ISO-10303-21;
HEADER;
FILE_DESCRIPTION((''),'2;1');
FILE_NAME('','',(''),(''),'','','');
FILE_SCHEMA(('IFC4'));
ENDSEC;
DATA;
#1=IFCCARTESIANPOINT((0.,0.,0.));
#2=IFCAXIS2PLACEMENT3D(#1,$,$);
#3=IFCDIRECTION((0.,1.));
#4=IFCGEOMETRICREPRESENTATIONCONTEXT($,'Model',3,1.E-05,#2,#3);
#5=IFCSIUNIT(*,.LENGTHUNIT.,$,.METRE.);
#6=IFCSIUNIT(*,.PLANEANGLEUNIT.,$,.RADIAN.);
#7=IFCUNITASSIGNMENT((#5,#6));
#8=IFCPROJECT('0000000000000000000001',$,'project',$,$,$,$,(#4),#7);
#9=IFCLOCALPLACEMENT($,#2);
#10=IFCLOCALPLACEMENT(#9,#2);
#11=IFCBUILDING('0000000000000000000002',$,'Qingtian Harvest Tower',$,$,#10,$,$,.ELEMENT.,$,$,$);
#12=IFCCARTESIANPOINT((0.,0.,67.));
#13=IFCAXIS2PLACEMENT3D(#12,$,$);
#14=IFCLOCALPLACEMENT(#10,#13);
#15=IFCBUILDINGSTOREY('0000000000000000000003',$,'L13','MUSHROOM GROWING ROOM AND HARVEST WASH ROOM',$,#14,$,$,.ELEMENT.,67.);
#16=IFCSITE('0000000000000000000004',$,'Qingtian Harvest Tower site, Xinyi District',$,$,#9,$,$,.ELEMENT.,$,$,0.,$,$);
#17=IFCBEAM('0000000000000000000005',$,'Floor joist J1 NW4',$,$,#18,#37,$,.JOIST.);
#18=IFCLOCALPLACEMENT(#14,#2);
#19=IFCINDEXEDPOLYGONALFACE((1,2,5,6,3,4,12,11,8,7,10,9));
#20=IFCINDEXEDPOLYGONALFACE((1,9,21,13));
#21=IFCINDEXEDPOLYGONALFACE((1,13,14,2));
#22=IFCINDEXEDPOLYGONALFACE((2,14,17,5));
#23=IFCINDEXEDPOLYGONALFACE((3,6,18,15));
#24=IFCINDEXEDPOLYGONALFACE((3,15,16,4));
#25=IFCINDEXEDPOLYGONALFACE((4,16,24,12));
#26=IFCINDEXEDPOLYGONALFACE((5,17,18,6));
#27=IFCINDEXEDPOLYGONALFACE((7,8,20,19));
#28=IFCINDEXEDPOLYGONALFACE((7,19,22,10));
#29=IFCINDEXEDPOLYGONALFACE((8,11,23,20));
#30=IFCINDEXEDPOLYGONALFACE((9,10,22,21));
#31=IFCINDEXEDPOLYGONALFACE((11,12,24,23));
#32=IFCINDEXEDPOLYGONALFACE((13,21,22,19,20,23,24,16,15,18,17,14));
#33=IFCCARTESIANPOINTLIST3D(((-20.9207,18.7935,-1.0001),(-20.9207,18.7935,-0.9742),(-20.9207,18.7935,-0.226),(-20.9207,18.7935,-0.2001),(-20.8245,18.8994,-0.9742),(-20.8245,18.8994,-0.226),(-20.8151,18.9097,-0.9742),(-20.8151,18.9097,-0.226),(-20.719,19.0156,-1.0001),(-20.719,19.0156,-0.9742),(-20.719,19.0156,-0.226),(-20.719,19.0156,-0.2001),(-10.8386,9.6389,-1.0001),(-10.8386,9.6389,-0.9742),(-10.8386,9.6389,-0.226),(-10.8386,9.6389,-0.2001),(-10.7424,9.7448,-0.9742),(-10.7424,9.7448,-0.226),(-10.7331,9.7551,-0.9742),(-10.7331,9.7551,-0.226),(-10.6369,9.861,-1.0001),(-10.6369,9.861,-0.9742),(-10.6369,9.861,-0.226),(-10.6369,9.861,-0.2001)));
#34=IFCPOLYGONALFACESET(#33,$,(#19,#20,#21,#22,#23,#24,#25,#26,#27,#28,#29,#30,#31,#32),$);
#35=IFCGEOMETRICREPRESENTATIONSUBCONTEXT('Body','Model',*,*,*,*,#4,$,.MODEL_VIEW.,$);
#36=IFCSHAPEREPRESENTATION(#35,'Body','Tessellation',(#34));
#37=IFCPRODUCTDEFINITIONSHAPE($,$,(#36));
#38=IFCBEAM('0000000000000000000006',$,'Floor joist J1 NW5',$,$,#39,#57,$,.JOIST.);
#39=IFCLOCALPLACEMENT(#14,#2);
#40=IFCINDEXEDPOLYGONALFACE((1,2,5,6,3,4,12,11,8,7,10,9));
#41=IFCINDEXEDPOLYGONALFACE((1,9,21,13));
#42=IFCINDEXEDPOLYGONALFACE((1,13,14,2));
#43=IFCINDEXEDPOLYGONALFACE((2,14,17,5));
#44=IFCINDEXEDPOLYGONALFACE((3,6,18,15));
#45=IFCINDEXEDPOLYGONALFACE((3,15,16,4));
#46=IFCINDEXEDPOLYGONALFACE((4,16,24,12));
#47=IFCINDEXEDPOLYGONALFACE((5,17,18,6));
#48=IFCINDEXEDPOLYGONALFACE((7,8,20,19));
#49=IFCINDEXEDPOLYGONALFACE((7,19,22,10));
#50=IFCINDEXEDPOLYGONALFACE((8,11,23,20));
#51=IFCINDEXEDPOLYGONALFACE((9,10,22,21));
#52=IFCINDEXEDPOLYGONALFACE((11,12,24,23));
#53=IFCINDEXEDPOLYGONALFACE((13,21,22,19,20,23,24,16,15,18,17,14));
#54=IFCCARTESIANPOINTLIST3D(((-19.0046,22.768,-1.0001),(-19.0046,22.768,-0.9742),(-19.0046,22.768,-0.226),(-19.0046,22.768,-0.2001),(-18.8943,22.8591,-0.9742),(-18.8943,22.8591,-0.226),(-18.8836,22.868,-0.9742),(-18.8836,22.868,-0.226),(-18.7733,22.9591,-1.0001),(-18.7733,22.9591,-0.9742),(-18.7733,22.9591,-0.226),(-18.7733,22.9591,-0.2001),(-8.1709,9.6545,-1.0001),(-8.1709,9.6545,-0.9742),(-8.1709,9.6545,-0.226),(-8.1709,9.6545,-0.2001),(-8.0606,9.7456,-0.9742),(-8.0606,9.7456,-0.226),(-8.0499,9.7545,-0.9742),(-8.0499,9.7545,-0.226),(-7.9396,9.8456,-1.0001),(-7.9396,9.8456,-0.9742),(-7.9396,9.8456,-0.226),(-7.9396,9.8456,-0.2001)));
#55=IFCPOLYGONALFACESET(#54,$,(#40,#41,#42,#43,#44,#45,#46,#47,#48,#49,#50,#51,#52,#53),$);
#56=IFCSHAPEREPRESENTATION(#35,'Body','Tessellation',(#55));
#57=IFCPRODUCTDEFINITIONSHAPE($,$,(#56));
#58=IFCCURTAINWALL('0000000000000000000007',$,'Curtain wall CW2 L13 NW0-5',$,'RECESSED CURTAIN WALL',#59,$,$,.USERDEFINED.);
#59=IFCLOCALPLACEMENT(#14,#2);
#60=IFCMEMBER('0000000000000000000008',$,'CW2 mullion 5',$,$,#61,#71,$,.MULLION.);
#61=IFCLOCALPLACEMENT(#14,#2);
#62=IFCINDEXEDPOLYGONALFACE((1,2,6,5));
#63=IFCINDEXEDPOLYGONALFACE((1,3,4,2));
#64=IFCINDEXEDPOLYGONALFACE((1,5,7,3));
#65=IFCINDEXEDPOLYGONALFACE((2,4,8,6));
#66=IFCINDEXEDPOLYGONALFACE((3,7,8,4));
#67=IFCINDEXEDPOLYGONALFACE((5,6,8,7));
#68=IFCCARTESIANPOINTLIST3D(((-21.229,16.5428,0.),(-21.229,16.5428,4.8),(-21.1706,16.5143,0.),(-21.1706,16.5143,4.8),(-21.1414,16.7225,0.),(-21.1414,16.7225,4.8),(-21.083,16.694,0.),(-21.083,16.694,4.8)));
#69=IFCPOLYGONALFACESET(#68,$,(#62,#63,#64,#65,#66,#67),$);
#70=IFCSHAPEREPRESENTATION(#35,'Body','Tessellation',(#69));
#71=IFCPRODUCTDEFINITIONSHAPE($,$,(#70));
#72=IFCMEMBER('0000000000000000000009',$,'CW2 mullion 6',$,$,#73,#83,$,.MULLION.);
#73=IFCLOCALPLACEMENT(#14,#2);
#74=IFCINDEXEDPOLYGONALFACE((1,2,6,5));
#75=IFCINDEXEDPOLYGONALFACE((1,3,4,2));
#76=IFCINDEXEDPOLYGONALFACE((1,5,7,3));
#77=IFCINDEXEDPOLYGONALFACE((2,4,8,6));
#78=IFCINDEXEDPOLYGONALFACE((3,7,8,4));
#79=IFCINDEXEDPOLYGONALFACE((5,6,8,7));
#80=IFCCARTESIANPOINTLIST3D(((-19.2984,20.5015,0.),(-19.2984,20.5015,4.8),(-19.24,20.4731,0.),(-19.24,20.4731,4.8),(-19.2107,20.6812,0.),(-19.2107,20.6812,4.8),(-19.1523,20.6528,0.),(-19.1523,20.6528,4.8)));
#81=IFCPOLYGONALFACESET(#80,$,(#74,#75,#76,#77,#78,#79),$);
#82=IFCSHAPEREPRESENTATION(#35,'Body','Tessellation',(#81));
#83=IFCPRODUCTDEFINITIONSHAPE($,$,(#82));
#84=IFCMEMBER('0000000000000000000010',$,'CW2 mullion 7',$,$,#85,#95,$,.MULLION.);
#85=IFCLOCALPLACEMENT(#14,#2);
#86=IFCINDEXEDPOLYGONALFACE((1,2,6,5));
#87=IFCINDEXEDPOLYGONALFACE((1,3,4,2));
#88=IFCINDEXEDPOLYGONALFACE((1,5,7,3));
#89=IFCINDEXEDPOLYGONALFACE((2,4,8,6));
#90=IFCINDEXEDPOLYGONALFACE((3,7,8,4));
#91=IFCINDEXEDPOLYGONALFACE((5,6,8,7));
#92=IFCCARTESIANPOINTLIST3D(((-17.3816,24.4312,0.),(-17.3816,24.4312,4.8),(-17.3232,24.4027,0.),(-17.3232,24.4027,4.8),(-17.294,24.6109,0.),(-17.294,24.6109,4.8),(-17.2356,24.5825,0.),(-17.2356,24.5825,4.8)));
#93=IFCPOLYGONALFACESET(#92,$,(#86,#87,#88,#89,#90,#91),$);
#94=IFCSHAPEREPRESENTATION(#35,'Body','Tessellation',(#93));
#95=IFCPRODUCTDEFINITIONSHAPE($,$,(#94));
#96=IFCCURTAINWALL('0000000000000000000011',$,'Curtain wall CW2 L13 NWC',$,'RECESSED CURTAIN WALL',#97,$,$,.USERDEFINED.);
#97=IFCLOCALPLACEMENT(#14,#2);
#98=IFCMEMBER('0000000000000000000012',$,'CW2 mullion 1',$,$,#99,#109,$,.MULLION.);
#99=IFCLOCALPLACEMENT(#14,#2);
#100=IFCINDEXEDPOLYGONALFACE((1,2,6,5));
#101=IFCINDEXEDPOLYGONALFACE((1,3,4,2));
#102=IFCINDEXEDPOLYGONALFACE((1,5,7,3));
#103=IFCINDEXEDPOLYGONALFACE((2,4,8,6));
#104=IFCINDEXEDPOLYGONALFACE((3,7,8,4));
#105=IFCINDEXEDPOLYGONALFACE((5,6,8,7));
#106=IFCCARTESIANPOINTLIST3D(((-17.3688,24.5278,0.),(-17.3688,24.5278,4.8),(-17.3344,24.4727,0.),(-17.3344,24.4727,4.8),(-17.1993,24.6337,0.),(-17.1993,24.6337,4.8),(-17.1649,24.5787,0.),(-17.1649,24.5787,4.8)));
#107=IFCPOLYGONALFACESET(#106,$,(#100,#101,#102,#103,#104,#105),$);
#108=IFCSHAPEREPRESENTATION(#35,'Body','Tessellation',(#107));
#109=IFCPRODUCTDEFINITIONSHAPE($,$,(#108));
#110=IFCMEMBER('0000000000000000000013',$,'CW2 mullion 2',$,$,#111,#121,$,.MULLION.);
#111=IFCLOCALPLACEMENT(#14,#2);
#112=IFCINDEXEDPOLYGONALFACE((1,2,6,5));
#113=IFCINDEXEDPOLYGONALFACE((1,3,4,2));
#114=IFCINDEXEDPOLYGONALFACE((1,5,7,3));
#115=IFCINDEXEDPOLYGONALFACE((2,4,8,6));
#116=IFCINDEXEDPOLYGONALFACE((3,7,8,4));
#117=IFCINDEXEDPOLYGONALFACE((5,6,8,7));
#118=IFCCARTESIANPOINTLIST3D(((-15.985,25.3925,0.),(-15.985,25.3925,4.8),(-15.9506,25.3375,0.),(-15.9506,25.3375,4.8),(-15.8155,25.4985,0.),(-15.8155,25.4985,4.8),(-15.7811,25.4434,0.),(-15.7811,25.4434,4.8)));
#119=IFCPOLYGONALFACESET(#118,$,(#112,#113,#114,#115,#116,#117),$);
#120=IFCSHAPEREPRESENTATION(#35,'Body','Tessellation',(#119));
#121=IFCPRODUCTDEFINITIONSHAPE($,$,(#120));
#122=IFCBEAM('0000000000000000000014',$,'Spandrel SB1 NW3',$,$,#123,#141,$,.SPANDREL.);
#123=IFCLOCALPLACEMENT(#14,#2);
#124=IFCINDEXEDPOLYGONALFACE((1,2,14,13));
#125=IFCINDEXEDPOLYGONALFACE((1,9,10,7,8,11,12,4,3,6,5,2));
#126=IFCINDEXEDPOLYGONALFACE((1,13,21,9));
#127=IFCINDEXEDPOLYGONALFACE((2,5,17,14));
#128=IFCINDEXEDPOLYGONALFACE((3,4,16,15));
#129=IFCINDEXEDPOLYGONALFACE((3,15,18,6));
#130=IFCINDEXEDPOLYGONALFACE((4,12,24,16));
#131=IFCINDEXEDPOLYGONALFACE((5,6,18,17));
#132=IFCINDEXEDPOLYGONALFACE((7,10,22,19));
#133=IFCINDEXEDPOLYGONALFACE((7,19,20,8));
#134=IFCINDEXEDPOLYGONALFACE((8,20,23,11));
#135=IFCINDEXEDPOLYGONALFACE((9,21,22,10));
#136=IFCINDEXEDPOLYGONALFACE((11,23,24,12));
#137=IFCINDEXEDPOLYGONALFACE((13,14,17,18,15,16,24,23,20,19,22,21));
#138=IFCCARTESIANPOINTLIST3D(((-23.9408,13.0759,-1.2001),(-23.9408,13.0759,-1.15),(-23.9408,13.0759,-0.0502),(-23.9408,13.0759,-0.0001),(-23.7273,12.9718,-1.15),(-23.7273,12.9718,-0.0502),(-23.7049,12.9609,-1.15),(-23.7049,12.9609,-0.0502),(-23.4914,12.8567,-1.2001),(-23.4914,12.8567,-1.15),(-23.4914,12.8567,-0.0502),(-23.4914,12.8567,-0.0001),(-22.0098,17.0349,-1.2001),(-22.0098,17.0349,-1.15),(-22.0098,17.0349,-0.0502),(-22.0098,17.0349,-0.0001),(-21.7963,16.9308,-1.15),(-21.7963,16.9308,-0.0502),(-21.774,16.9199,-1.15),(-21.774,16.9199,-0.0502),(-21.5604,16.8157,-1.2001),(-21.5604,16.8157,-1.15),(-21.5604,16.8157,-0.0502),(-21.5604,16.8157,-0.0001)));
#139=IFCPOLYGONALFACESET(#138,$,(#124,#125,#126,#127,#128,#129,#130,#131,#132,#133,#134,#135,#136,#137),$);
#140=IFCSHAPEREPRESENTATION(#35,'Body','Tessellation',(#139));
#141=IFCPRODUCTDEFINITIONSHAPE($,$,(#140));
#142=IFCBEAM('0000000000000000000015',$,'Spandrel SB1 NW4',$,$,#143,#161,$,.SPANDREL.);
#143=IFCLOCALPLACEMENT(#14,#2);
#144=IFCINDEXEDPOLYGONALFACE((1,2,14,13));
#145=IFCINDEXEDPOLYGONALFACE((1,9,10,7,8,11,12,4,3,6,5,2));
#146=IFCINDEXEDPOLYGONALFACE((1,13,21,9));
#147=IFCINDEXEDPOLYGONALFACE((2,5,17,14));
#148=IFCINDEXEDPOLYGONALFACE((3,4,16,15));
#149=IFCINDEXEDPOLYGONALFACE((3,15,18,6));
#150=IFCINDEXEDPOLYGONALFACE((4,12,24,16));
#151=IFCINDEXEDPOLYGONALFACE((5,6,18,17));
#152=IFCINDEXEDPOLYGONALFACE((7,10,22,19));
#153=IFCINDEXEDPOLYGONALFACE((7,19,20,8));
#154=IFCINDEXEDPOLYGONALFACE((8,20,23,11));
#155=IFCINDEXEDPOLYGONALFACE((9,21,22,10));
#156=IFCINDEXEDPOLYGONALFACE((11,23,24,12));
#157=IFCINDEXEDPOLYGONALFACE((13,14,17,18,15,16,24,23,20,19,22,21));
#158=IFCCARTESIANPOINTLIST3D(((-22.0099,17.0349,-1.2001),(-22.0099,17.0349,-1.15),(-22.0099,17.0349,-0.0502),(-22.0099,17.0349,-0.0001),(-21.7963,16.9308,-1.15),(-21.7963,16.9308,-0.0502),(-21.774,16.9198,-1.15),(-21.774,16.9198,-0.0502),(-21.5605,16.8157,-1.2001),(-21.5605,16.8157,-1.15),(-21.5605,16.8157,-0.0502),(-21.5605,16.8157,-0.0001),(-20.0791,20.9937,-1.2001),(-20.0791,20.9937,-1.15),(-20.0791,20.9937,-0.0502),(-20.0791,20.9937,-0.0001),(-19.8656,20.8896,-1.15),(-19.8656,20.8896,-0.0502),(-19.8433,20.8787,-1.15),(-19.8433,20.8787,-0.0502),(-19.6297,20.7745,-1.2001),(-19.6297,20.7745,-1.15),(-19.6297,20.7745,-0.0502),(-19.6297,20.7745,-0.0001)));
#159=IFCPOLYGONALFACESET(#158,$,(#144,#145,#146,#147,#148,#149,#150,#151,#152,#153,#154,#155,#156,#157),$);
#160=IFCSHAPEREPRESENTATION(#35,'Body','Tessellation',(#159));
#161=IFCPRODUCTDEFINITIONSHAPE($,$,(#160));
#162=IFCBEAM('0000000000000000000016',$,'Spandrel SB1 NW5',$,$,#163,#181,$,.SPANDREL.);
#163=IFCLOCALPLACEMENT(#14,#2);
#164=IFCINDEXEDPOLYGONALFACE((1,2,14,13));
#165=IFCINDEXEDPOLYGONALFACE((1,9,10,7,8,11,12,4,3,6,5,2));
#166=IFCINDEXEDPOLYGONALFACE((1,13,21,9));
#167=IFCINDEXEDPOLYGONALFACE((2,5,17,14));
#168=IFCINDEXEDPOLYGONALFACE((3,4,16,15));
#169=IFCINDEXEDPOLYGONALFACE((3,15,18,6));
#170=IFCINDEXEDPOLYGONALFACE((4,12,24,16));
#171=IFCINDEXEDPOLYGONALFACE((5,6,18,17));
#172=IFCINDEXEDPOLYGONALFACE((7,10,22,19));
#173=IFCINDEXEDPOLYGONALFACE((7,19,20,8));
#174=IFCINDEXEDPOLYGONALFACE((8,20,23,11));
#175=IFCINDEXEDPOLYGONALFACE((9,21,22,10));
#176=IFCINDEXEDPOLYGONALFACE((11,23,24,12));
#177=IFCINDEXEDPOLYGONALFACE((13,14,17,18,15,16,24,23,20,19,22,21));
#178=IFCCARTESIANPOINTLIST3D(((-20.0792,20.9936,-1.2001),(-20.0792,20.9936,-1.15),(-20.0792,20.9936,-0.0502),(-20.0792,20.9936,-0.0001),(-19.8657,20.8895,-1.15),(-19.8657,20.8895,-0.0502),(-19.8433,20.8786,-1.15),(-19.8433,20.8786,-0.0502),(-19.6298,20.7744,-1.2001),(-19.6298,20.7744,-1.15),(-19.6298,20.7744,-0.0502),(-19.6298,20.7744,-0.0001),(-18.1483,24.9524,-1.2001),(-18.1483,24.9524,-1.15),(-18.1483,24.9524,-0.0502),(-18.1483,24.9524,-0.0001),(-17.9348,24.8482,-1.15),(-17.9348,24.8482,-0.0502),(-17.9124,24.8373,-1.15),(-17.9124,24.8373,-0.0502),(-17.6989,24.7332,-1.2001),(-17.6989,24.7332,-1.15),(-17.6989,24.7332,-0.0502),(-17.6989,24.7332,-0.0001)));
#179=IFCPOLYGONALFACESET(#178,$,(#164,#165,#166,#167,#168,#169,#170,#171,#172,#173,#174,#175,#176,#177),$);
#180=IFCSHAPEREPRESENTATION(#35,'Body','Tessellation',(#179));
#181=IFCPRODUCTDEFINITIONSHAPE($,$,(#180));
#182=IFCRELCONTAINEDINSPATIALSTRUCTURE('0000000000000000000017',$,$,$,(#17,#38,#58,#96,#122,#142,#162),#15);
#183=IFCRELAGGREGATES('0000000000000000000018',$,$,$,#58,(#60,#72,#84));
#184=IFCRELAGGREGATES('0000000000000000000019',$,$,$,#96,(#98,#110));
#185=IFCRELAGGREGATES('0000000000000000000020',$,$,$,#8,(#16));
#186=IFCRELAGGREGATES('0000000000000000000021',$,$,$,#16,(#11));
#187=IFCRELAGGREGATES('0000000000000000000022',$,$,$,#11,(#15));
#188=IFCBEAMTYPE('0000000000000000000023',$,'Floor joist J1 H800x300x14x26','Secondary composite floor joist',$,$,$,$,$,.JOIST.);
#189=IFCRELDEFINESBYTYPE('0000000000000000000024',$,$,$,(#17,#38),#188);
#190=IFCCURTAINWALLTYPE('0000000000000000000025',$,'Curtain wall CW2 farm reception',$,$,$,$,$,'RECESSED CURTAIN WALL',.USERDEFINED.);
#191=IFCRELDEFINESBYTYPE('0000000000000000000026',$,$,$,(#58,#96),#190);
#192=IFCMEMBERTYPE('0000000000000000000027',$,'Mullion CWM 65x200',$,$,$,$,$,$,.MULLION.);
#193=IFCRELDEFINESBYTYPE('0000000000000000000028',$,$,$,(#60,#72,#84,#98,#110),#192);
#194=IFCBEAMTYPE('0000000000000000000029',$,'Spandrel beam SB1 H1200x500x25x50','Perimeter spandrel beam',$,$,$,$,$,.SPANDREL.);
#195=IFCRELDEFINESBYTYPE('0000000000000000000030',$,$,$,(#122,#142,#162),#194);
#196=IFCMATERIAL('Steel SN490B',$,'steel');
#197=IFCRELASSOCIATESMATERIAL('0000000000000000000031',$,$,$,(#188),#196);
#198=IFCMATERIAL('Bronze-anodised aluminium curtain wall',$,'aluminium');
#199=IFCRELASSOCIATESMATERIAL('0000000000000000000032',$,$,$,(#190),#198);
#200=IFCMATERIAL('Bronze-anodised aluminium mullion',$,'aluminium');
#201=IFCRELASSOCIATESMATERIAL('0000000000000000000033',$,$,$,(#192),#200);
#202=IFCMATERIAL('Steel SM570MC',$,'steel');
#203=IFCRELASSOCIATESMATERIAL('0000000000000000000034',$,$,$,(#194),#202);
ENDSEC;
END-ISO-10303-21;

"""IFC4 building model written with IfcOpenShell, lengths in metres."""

from ifc_helpers import new_model, si_unit, direction, frame, origin, origin_2d, place, context, subcontext, project, spatial, rectangle, i_section, extrude, material, material_profile, profile_set, type_object, element, aggregate, save


model = new_model("IFC4")

# Units and contexts
model_context = context("Model", 3, precision=1e-05, world=origin(), true_north=direction((0.0, 1.0)))
body_context = subcontext(model_context, "Body", "Model", "MODEL_VIEW")
ifc_project = project(units=[si_unit("LENGTHUNIT", "METRE"), si_unit("PLANEANGLEUNIT", "RADIAN")], contexts=[model_context])

# Site, building, storey
site_placement = place(None, origin())
site = spatial("IfcSite", under=ifc_project, at=site_placement, Name="Qingtian Harvest Tower site, Xinyi District", CompositionType="ELEMENT", RefElevation=0.0)
building_placement = place(site_placement, origin())
building = spatial("IfcBuilding", under=site, at=building_placement, Name="Qingtian Harvest Tower", CompositionType="ELEMENT")
storey_placement = place(building_placement, frame((0.0, 0.0, 67.0)))
storey = spatial("IfcBuildingStorey", under=building, at=storey_placement, Name="L13", Description="MUSHROOM GROWING ROOM AND HARVEST WASH ROOM", CompositionType="ELEMENT", Elevation=67.0)

# Beams
ifc_material_1 = material(Name="Steel SN490B", Category="steel")
ifc_material_profile_1 = material_profile(ifc_material_1, i_section(OverallWidth=0.3, OverallDepth=0.8, WebThickness=0.0139, FlangeThickness=0.0259, at=origin_2d()), Name="H800x300x14x26")
ifc_profile_set_1 = profile_set([ifc_material_profile_1], Name="Steel SN490B")
beam_type_1 = type_object("IfcBeamType", Name="Floor joist J1 H800x300x14x26", Description="Secondary composite floor joist", PredefinedType="JOIST", material=ifc_profile_set_1)
beam_1_placement = place(storey_placement, frame((-20.8198, 18.9045, -0.6001), z_axis=(0.74034, -0.672233, 0.0), x_axis=(0.672233, 0.74034, 0.0)))
element("IfcBeam", 1, at=beam_1_placement, inside=storey, type_object=beam_type_1, Name="Floor joist J1 NW4", PredefinedType="JOIST", context=body_context, shape_type="SweptSolid", body=[
    extrude(i_section(OverallWidth=0.3, OverallDepth=0.8, WebThickness=0.0139, FlangeThickness=0.0259, at=origin_2d()), origin(), (0.0, 0.0, 1.0), 13.6182),
])
beam_2_placement = place(storey_placement, frame((-18.8889, 22.8635, -0.6001), z_axis=(0.63691, -0.770938, 0.0), x_axis=(0.770938, 0.63691, 0.0)))
element("IfcBeam", 2, at=beam_2_placement, inside=storey, type_object=beam_type_1, Name="Floor joist J1 NW5", PredefinedType="JOIST", context=body_context, shape_type="SweptSolid", body=[
    extrude(i_section(OverallWidth=0.3, OverallDepth=0.8, WebThickness=0.0139, FlangeThickness=0.0259, at=origin_2d()), origin(), (0.0, 0.0, 1.0), 17.0098),
])

# Curtain walls, members
ifc_material_2 = material(Name="Bronze-anodised aluminium curtain wall", Category="aluminium")
curtain_wall_type = type_object("IfcCurtainWallType", Name="Curtain wall CW2 farm reception", ElementType="RECESSED CURTAIN WALL", PredefinedType="USERDEFINED", material=ifc_material_2)
curtain_wall_1_placement = place(storey_placement, origin())
curtain_wall_1 = element("IfcCurtainWall", 3, at=curtain_wall_1_placement, inside=storey, type_object=curtain_wall_type, Name="Curtain wall CW2 L13 NW0-5", ObjectType="RECESSED CURTAIN WALL", PredefinedType="USERDEFINED")
ifc_material_3 = material(Name="Bronze-anodised aluminium mullion", Category="aluminium")
ifc_material_profile_2 = material_profile(ifc_material_3, rectangle(XDim=0.0649, YDim=0.2, at=origin_2d()), Name="AL 65x200")
ifc_profile_set_2 = profile_set([ifc_material_profile_2], Name="Bronze-anodised aluminium mullion")
member_type_1 = type_object("IfcMemberType", Name="Mullion CWM 65x200", PredefinedType="MULLION", material=ifc_profile_set_2)
member_1_placement = place(storey_placement, frame((-21.156, 16.6184, 0.0), z_axis=(0.0, 0.0, 1.0), x_axis=(-0.898794, 0.438371, 0.0)))
member_1 = element("IfcMember", 4, at=member_1_placement, type_object=member_type_1, Name="CW2 mullion 5", PredefinedType="MULLION", context=body_context, shape_type="SweptSolid", body=[
    extrude(rectangle(XDim=0.0649, YDim=0.2, at=origin_2d()), origin(), (0.0, 0.0, 1.0), 4.8),
])
member_2_placement = place(storey_placement, frame((-19.2253, 20.5771, 0.0), z_axis=(0.0, 0.0, 1.0), x_axis=(-0.898794, 0.438371, 0.0)))
member_2 = element("IfcMember", 5, at=member_2_placement, type_object=member_type_1, Name="CW2 mullion 6", PredefinedType="MULLION", context=body_context, shape_type="SweptSolid", body=[
    extrude(rectangle(XDim=0.0649, YDim=0.2, at=origin_2d()), origin(), (0.0, 0.0, 1.0), 4.8),
])
member_3_placement = place(storey_placement, frame((-17.3086, 24.5068, 0.0), z_axis=(0.0, 0.0, 1.0), x_axis=(-0.898794, 0.438371, 0.0)))
member_3 = element("IfcMember", 6, at=member_3_placement, type_object=member_type_1, Name="CW2 mullion 7", PredefinedType="MULLION", context=body_context, shape_type="SweptSolid", body=[
    extrude(rectangle(XDim=0.0649, YDim=0.2, at=origin_2d()), origin(), (0.0, 0.0, 1.0), 4.8),
])
curtain_wall_2_placement = place(storey_placement, origin())
curtain_wall_2 = element("IfcCurtainWall", 7, at=curtain_wall_2_placement, inside=storey, type_object=curtain_wall_type, Name="Curtain wall CW2 L13 NWC", ObjectType="RECESSED CURTAIN WALL", PredefinedType="USERDEFINED")
member_4_placement = place(storey_placement, frame((-17.2668, 24.5532, 0.0), z_axis=(0.0, 0.0, 1.0), x_axis=(-0.529919, 0.848048, 0.0)))
member_4 = element("IfcMember", 8, at=member_4_placement, type_object=member_type_1, Name="CW2 mullion 1", PredefinedType="MULLION", context=body_context, shape_type="SweptSolid", body=[
    extrude(rectangle(XDim=0.0649, YDim=0.2, at=origin_2d()), origin(), (0.0, 0.0, 1.0), 4.8),
])
member_5_placement = place(storey_placement, frame((-15.8831, 25.418, 0.0), z_axis=(0.0, 0.0, 1.0), x_axis=(-0.529919, 0.848048, 0.0)))
member_5 = element("IfcMember", 9, at=member_5_placement, type_object=member_type_1, Name="CW2 mullion 2", PredefinedType="MULLION", context=body_context, shape_type="SweptSolid", body=[
    extrude(rectangle(XDim=0.0649, YDim=0.2, at=origin_2d()), origin(), (0.0, 0.0, 1.0), 4.8),
])

# Beams
ifc_material_4 = material(Name="Steel SM570MC", Category="steel")
ifc_material_profile_3 = material_profile(ifc_material_4, i_section(OverallWidth=0.5, OverallDepth=1.2, WebThickness=0.0249, FlangeThickness=0.05, at=origin_2d()), Name="H1200x500x25x50")
ifc_profile_set_3 = profile_set([ifc_material_profile_3], Name="Steel SM570MC")
beam_type_2 = type_object("IfcBeamType", Name="Spandrel beam SB1 H1200x500x25x50", Description="Perimeter spandrel beam", PredefinedType="SPANDREL", material=ifc_profile_set_3)
beam_3_placement = place(storey_placement, frame((-23.7161, 12.9663, -0.6001), z_axis=(0.438368, 0.898796, 0.0), x_axis=(-0.898796, 0.438368, 0.0)))
element("IfcBeam", 10, at=beam_3_placement, inside=storey, type_object=beam_type_2, Name="Spandrel SB1 NW3", PredefinedType="SPANDREL", context=body_context, shape_type="SweptSolid", body=[
    extrude(i_section(OverallWidth=0.5, OverallDepth=1.2, WebThickness=0.0249, FlangeThickness=0.05, at=origin_2d()), origin(), (0.0, 0.0, 1.0), 4.4048),
])
for number, where, z_axis, x_axis, name in (
    (11, (-21.7852, 16.9253, -0.6001), (0.438345, 0.898807, 0.0), (-0.898807, 0.438345, 0.0), "Spandrel SB1 NW4"),
    (12, (-19.8545, 20.884, -0.6001), (0.43839, 0.898785, 0.0), (-0.898785, 0.43839, 0.0), "Spandrel SB1 NW5"),
):
    element("IfcBeam", number, at=place(storey_placement, frame(where, z_axis=z_axis, x_axis=x_axis)), inside=storey, type_object=beam_type_2, Name=name, PredefinedType="SPANDREL", context=body_context, shape_type="SweptSolid", body=[
        extrude(i_section(OverallWidth=0.5, OverallDepth=1.2, WebThickness=0.0249, FlangeThickness=0.05, at=origin_2d()), origin(), (0.0, 0.0, 1.0), 4.4045),
    ])

aggregate(curtain_wall_1, [member_1, member_2, member_3])
aggregate(curtain_wall_2, [member_4, member_5])

save(model, "model.ifc")
